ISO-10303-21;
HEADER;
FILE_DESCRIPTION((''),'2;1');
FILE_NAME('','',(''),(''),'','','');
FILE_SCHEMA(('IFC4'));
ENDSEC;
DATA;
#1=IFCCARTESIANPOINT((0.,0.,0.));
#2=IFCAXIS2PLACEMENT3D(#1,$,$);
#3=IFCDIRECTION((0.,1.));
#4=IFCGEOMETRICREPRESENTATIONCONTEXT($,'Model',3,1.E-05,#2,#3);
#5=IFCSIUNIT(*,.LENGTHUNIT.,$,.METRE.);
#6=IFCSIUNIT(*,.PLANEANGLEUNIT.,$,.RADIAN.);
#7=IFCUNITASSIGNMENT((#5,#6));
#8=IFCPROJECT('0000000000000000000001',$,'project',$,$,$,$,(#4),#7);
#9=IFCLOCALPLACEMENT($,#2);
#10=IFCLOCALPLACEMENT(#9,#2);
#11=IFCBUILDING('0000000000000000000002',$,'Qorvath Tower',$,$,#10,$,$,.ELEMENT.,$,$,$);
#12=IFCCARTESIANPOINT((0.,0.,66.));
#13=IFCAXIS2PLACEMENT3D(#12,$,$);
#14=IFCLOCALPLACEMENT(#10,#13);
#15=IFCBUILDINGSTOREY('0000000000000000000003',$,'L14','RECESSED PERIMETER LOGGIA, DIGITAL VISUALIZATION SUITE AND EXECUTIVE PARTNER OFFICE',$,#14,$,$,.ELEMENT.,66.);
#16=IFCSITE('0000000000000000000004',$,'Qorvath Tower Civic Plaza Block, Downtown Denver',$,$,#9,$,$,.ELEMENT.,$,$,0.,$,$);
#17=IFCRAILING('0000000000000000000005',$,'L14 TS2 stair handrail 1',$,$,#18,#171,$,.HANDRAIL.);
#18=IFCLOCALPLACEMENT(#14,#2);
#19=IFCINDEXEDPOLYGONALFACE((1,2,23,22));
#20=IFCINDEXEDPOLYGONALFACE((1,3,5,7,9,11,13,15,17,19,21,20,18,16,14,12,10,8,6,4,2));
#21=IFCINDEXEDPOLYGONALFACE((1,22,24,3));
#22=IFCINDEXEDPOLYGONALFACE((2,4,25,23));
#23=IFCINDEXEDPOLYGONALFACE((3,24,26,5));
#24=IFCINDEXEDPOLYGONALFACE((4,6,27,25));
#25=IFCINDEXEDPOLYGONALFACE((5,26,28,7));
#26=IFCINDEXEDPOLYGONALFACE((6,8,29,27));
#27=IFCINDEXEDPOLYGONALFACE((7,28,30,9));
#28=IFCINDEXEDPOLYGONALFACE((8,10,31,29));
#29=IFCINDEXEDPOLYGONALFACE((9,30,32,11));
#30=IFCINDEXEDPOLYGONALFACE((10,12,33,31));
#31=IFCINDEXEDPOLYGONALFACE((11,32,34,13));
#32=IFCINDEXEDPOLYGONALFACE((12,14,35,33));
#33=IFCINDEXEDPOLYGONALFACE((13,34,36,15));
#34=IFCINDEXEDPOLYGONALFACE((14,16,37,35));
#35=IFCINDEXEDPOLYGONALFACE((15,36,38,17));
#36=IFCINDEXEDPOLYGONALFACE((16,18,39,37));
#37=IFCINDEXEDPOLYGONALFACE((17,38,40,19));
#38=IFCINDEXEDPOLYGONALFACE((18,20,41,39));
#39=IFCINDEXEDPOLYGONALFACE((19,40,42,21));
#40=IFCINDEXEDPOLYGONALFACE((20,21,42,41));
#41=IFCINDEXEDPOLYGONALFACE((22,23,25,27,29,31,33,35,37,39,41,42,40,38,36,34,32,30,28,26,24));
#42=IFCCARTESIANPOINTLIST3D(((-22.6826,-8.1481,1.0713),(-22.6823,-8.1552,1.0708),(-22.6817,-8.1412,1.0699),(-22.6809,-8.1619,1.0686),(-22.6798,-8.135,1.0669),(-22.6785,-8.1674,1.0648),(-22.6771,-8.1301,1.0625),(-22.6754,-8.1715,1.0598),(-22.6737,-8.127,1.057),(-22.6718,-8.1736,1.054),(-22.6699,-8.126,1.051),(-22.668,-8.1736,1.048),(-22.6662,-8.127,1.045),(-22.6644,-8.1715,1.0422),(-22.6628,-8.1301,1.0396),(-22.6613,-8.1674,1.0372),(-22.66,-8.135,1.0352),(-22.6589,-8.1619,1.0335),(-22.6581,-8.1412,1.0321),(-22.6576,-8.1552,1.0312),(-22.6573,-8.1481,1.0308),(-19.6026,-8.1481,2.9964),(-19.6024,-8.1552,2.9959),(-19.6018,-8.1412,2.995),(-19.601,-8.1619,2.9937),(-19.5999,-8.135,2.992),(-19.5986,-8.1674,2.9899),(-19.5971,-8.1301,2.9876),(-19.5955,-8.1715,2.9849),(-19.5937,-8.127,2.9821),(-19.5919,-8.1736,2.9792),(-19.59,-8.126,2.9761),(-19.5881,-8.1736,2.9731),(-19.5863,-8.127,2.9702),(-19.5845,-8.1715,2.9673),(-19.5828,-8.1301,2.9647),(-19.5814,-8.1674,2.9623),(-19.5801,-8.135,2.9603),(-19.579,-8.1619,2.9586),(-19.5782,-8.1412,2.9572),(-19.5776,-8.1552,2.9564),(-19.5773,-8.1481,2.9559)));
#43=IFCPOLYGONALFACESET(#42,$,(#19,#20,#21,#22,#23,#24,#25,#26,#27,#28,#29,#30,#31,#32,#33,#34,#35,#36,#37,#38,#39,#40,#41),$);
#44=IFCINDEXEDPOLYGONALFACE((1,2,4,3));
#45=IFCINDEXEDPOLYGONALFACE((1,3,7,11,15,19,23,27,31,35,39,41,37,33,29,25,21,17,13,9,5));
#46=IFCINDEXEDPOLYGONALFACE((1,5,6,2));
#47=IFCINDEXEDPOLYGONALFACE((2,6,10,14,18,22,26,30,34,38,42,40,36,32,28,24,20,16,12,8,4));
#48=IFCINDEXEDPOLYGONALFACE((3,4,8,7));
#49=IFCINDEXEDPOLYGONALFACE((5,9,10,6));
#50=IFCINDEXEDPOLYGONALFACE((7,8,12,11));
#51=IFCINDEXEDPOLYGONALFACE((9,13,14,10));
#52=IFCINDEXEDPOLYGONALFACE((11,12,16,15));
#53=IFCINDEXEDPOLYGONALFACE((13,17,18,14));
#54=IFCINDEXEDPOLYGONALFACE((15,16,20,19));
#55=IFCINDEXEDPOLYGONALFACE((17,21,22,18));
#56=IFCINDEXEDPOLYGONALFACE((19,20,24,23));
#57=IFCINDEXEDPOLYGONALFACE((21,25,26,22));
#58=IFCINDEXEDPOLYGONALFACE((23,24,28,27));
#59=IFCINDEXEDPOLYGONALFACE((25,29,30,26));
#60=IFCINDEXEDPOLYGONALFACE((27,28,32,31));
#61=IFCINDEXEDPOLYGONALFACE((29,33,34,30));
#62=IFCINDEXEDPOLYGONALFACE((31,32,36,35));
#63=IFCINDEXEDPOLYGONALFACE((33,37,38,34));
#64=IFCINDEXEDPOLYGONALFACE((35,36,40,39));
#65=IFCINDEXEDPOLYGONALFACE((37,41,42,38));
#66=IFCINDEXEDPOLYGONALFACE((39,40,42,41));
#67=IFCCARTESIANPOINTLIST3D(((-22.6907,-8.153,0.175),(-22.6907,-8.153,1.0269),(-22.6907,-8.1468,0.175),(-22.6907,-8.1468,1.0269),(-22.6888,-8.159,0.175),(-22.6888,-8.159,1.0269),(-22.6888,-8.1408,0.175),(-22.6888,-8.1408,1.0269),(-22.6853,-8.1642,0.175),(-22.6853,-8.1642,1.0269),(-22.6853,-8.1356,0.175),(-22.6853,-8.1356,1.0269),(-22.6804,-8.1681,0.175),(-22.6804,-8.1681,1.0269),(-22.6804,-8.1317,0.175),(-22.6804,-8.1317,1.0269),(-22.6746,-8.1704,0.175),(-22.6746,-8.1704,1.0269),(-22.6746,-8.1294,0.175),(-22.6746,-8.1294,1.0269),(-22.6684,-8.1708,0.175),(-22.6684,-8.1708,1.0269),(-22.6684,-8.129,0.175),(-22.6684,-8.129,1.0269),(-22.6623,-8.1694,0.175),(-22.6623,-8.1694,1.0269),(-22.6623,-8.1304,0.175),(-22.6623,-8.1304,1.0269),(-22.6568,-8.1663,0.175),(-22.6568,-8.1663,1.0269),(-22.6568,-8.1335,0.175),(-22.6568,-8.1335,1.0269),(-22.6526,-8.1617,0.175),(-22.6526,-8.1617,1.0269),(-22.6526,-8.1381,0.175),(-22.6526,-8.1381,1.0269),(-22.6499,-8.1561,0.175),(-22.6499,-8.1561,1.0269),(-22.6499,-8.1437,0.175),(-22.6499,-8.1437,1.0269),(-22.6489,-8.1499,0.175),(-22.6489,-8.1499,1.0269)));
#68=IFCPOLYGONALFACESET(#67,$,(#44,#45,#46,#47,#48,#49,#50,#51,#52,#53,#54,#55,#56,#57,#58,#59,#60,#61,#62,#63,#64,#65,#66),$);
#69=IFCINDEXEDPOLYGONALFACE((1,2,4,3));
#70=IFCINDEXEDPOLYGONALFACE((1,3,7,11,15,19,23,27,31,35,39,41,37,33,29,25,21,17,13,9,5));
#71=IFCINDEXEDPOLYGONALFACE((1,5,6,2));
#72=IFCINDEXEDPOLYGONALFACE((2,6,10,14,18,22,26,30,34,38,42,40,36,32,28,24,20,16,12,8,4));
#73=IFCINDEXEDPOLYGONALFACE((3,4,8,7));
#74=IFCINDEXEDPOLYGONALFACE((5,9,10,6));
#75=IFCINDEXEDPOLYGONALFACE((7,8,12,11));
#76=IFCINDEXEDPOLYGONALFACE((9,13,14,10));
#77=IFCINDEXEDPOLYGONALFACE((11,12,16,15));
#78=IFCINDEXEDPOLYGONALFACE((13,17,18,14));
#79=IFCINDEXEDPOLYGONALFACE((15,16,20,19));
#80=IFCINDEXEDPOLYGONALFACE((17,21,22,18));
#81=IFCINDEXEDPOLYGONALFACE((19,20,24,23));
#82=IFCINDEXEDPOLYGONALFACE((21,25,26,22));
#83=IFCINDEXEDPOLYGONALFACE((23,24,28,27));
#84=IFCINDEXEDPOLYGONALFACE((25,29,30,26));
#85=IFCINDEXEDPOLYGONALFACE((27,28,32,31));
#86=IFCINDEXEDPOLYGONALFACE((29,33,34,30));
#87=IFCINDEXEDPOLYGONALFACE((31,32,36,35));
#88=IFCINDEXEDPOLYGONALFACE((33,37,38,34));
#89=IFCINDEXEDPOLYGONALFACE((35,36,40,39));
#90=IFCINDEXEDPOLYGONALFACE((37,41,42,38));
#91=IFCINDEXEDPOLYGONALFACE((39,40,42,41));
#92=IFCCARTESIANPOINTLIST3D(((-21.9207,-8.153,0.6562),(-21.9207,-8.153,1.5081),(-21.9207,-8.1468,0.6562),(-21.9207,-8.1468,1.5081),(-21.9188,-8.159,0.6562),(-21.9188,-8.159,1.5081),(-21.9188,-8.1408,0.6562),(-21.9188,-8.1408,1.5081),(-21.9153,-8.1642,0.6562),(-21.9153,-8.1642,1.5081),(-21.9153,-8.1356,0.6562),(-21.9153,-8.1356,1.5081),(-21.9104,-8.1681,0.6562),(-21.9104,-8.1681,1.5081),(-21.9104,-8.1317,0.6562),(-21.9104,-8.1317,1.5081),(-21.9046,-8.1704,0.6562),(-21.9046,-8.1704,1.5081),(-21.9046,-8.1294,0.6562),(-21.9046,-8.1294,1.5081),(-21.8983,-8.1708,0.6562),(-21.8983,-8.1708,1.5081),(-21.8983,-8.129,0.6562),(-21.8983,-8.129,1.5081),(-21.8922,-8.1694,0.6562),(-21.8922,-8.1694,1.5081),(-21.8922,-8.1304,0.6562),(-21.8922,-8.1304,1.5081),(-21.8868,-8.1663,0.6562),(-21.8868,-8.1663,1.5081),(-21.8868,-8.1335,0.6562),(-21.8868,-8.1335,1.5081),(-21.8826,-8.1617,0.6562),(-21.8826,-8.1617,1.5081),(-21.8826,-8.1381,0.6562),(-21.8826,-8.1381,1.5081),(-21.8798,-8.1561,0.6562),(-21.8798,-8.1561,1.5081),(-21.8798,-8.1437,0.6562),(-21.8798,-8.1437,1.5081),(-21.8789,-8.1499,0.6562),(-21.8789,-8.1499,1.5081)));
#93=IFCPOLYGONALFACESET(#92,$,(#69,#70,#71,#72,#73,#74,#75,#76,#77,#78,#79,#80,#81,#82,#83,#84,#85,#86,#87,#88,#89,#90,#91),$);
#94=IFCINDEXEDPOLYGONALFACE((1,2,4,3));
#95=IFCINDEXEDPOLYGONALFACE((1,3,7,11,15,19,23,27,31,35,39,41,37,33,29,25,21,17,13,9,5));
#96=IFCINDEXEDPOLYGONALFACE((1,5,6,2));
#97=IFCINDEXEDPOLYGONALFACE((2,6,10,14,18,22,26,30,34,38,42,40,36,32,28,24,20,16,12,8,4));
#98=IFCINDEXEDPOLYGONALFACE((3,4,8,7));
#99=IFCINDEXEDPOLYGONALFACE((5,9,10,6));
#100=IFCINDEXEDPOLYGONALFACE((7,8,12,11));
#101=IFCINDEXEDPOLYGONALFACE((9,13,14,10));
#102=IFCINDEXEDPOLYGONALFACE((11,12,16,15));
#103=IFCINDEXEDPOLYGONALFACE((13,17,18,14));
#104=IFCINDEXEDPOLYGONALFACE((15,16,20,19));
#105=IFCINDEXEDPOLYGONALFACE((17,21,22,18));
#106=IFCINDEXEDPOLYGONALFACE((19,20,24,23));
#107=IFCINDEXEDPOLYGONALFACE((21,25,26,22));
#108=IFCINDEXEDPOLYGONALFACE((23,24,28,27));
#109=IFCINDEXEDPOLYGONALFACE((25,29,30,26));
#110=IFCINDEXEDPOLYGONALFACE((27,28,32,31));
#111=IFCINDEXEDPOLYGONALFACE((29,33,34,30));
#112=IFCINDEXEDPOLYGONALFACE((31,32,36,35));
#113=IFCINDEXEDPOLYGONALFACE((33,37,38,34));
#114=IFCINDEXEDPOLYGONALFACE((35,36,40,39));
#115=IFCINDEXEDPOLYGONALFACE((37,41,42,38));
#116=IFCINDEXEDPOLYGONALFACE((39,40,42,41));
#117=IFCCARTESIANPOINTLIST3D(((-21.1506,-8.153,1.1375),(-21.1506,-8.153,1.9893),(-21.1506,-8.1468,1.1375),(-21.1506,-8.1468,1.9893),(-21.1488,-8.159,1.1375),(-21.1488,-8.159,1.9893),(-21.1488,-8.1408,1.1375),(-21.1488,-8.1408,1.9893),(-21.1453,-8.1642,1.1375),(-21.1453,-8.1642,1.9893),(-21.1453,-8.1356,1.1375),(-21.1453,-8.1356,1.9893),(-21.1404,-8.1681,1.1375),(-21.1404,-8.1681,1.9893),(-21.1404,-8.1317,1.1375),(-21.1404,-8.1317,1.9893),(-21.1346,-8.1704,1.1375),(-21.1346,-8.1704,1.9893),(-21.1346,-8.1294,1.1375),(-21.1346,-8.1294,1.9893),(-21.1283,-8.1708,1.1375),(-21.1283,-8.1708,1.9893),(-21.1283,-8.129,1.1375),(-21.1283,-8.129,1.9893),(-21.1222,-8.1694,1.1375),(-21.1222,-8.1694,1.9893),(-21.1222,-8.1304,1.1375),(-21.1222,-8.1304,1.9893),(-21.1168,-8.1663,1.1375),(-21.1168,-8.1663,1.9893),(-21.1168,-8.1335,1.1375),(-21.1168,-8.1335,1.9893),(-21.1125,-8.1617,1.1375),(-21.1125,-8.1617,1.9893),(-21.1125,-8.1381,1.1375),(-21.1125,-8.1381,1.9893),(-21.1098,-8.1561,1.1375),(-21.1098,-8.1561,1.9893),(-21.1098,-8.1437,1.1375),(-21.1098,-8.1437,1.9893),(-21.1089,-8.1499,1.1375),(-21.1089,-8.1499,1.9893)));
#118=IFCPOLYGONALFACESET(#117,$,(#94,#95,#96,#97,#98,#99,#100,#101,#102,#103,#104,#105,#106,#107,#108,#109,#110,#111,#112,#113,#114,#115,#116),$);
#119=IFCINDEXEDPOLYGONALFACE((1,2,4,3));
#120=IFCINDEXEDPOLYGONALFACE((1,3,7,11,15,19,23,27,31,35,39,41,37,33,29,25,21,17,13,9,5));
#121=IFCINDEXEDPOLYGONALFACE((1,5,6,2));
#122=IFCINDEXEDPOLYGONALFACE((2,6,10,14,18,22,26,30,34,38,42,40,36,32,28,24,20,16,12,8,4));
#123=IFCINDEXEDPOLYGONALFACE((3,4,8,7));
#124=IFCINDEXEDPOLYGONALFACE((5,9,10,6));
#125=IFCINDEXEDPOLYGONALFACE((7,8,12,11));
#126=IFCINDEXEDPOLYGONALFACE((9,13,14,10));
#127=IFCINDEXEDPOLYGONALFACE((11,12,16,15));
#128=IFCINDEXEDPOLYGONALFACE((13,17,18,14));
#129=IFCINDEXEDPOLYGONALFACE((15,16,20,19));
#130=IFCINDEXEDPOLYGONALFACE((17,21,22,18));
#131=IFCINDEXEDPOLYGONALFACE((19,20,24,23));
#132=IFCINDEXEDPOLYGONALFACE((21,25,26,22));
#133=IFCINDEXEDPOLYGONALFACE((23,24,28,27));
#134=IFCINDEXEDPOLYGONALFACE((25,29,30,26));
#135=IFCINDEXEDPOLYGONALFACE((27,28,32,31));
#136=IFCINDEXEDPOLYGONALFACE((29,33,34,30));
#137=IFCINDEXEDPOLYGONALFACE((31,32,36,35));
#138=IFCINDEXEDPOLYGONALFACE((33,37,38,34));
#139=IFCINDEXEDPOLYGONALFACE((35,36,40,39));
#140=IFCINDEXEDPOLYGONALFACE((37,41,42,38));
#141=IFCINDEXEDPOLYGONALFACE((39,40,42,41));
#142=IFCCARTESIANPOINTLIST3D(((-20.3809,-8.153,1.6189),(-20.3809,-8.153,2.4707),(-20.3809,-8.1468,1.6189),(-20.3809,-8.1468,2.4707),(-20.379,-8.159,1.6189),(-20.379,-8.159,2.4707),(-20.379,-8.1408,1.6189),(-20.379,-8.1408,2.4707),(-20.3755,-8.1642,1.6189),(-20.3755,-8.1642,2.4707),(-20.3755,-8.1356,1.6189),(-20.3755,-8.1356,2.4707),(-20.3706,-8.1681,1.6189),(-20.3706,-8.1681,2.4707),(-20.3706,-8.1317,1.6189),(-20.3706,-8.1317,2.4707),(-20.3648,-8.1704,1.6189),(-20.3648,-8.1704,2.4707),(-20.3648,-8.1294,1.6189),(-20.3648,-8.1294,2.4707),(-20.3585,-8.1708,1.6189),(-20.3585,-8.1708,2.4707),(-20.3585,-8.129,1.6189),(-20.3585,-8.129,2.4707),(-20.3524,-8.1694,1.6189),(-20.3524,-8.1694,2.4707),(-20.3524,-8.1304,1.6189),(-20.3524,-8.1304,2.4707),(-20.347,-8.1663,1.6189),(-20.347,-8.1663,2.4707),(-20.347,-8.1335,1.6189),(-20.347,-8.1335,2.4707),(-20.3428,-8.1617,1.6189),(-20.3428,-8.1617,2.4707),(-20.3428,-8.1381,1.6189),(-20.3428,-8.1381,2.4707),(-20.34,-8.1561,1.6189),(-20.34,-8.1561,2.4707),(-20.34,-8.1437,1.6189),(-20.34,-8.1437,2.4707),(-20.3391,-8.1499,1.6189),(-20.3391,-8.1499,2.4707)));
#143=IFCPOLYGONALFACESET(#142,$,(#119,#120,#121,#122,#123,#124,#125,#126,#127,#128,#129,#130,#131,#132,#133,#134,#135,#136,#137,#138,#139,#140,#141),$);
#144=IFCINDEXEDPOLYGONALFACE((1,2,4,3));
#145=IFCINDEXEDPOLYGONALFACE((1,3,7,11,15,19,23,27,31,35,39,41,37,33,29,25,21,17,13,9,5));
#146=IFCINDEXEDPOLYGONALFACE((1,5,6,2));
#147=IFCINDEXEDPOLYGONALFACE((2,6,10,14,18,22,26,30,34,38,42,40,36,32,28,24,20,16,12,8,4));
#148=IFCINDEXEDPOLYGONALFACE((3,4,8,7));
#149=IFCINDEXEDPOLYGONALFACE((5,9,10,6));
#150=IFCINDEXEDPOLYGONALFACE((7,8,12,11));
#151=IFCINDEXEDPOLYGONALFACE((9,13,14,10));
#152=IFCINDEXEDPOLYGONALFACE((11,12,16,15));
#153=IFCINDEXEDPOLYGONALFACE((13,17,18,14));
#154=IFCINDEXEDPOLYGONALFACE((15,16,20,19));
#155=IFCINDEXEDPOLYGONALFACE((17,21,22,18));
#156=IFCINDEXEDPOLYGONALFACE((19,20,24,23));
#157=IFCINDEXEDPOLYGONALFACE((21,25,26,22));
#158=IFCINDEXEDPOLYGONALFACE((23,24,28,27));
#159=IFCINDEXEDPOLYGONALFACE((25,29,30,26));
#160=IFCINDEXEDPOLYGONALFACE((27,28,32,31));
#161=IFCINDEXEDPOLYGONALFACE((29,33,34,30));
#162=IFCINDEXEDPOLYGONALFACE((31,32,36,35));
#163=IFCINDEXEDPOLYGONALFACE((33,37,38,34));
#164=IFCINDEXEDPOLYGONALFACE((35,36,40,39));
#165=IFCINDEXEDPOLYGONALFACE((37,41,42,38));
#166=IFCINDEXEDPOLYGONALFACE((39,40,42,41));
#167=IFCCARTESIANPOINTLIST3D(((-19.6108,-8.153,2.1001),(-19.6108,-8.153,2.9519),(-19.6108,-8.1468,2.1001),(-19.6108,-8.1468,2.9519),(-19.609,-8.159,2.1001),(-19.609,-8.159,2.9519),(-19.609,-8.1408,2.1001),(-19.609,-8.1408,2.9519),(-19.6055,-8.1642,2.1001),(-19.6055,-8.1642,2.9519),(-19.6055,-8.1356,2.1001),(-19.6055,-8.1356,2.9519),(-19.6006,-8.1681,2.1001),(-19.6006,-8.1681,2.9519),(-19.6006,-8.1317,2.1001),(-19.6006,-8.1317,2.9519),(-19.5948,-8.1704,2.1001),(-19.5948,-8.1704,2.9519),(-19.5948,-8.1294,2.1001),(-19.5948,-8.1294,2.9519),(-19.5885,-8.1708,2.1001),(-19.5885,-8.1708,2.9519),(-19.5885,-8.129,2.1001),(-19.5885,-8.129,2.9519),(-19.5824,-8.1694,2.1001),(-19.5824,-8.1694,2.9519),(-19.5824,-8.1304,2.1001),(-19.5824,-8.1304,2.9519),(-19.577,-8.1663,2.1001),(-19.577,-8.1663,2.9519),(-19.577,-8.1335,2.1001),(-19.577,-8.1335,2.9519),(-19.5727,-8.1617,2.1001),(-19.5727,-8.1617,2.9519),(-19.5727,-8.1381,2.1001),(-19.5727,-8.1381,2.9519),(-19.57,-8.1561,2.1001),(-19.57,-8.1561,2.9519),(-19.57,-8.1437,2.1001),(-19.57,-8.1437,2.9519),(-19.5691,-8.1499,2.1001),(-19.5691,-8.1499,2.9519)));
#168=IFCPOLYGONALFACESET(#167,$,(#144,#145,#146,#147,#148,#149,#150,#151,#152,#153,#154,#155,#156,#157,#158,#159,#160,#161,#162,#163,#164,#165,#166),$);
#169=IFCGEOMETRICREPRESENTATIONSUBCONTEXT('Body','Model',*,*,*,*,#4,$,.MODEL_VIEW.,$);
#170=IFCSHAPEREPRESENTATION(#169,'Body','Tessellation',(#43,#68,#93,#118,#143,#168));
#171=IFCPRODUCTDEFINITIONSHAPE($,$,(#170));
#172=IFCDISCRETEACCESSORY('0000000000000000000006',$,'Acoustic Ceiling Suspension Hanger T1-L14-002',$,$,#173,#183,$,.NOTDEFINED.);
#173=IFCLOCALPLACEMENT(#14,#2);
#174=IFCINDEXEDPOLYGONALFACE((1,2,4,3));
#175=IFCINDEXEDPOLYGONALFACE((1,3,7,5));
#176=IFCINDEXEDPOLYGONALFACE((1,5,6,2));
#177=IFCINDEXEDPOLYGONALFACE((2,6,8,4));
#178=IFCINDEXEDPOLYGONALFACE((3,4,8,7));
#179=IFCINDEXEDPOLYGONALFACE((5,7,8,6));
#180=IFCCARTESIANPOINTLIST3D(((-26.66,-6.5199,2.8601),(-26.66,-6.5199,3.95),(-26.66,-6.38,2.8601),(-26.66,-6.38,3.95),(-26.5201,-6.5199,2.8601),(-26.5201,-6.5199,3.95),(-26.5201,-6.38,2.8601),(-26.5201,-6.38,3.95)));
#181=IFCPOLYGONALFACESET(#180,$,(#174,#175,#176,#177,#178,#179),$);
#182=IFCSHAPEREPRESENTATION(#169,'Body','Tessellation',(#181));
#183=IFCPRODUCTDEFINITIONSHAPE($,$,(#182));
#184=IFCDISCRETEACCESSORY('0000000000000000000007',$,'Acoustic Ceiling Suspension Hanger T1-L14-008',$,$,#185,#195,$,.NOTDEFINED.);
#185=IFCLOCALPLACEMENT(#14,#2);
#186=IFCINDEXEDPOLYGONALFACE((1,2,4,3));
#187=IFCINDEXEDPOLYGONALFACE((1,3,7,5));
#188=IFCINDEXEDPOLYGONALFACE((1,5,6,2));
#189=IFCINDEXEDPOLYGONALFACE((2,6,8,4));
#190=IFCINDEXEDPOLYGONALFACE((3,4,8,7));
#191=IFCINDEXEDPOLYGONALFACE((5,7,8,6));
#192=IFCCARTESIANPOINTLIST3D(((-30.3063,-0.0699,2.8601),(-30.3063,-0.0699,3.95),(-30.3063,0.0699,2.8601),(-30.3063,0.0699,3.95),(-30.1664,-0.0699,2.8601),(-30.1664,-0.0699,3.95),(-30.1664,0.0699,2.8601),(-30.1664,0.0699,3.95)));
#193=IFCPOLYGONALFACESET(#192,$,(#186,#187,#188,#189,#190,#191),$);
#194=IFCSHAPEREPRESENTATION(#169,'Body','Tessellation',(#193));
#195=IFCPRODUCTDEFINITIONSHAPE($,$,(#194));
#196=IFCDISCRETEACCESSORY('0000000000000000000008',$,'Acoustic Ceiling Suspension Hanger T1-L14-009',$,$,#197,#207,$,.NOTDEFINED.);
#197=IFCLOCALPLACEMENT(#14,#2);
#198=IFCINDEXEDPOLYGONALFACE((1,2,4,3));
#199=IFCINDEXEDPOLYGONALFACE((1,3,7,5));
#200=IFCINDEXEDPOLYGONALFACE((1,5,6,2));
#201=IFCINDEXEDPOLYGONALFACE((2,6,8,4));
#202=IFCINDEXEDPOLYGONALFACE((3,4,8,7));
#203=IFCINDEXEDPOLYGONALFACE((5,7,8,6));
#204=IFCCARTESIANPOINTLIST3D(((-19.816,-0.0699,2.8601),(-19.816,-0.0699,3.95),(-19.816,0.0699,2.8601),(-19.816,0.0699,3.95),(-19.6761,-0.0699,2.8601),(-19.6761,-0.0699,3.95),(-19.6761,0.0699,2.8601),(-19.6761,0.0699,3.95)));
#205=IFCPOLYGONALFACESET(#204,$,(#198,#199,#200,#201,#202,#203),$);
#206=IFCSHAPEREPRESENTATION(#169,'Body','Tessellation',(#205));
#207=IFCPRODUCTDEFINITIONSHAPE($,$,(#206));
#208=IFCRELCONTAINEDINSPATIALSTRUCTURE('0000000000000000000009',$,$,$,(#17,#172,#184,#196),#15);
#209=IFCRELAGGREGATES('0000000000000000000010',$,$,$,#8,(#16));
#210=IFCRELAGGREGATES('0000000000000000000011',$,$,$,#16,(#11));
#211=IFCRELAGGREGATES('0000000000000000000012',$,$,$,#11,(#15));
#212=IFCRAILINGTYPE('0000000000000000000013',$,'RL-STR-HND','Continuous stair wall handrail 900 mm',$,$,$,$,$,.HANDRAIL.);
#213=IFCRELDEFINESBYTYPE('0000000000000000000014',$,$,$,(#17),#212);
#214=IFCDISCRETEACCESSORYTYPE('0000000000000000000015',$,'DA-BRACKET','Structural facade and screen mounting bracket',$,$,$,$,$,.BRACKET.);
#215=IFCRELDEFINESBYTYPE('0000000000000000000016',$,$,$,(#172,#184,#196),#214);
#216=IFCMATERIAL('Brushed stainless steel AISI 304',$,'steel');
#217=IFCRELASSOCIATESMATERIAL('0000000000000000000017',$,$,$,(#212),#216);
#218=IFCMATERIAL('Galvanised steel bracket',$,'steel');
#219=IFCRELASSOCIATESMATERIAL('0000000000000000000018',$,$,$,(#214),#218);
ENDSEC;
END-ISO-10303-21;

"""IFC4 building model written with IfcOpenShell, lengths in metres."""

from ifc_helpers import new_model, si_unit, direction, frame, origin, origin_2d, place, context, subcontext, project, spatial, rectangle, circle, extrude, material, type_object, element, save


model = new_model("IFC4")

# Units and contexts
model_context = context("Model", 3, precision=1e-05, world=origin(), true_north=direction((0.0, 1.0)))
body_context = subcontext(model_context, "Body", "Model", "MODEL_VIEW")
ifc_project = project(units=[si_unit("LENGTHUNIT", "METRE"), si_unit("PLANEANGLEUNIT", "RADIAN")], contexts=[model_context])

# Site, building, storey
site_placement = place(None, origin())
site = spatial("IfcSite", under=ifc_project, at=site_placement, Name="Qorvath Tower Civic Plaza Block, Downtown Denver", CompositionType="ELEMENT", RefElevation=0.0)
building_placement = place(site_placement, origin())
building = spatial("IfcBuilding", under=site, at=building_placement, Name="Qorvath Tower", CompositionType="ELEMENT")
storey_placement = place(building_placement, frame((0.0, 0.0, 66.0)))
storey = spatial("IfcBuildingStorey", under=building, at=storey_placement, Name="L14", Description="RECESSED PERIMETER LOGGIA, DIGITAL VISUALIZATION SUITE AND EXECUTIVE PARTNER OFFICE", CompositionType="ELEMENT", Elevation=66.0)

# Railing
ifc_material_1 = material(Name="Brushed stainless steel AISI 304", Category="steel")
railing_type_1 = type_object("IfcRailingType", Name="RL-STR-HND", Description="Continuous stair wall handrail 900 mm", PredefinedType="HANDRAIL", material=ifc_material_1)
railing_1_placement = place(storey_placement, frame((-22.6699, -8.1499, 0.175)))
element("IfcRailing", 1, at=railing_1_placement, inside=storey, type_object=railing_type_1, Name="L14 TS2 stair handrail 1", PredefinedType="HANDRAIL", context=body_context, shape_type="SweptSolid", body=[
    extrude(circle(Radius=0.0239, at=origin_2d()), frame((0.0, 0.0, 0.876), z_axis=(0.847979, 0.0, 0.530029), x_axis=(0.0, 1.0, 0.0)), (0.0, 0.0, 1.0), 3.6321),
    extrude(circle(Radius=0.021, at=origin_2d()), origin(), (0.0, 0.0, 1.0), 0.8518),
    extrude(circle(Radius=0.021, at=origin_2d()), frame((0.77, 0.0, 0.4812)), (0.0, 0.0, 1.0), 0.8518),
    extrude(circle(Radius=0.021, at=origin_2d()), frame((1.54, 0.0, 0.9624)), (0.0, 0.0, 1.0), 0.8518),
    extrude(circle(Radius=0.021, at=origin_2d()), frame((2.3098, 0.0, 1.4438)), (0.0, 0.0, 1.0), 0.8518),
    extrude(circle(Radius=0.021, at=origin_2d()), frame((3.0798, 0.0, 1.925)), (0.0, 0.0, 1.0), 0.8518),
])

# Discrete accessories
ifc_material_2 = material(Name="Galvanised steel bracket", Category="steel")
discrete_accessory_type = type_object("IfcDiscreteAccessoryType", Name="DA-BRACKET", Description="Structural facade and screen mounting bracket", PredefinedType="BRACKET", material=ifc_material_2)
for number, where, z_axis, x_axis, name in (
    (2, (-26.5901, -6.45, 2.8601), (0.0, 0.0, 1.0), (1.0, 0.0, 0.0), "Acoustic Ceiling Suspension Hanger T1-L14-002"),
    (3, (-30.2363, 0.0, 2.8601), (0.0, 0.0, 1.0), (1.0, 0.0, 0.0), "Acoustic Ceiling Suspension Hanger T1-L14-008"),
    (4, (-19.7461, 0.0, 2.8601), (0.0, 0.0, 1.0), (1.0, 0.0, 0.0), "Acoustic Ceiling Suspension Hanger T1-L14-009"),
):
    element("IfcDiscreteAccessory", number, at=place(storey_placement, frame(where, z_axis=z_axis, x_axis=x_axis)), inside=storey, type_object=discrete_accessory_type, Name=name, PredefinedType="NOTDEFINED", context=body_context, shape_type="SweptSolid", body=[
        extrude(rectangle(XDim=0.1399, YDim=0.1399, at=origin_2d()), origin(), (0.0, 0.0, 1.0), 1.0898),
    ])

save(model, "model.ifc")
